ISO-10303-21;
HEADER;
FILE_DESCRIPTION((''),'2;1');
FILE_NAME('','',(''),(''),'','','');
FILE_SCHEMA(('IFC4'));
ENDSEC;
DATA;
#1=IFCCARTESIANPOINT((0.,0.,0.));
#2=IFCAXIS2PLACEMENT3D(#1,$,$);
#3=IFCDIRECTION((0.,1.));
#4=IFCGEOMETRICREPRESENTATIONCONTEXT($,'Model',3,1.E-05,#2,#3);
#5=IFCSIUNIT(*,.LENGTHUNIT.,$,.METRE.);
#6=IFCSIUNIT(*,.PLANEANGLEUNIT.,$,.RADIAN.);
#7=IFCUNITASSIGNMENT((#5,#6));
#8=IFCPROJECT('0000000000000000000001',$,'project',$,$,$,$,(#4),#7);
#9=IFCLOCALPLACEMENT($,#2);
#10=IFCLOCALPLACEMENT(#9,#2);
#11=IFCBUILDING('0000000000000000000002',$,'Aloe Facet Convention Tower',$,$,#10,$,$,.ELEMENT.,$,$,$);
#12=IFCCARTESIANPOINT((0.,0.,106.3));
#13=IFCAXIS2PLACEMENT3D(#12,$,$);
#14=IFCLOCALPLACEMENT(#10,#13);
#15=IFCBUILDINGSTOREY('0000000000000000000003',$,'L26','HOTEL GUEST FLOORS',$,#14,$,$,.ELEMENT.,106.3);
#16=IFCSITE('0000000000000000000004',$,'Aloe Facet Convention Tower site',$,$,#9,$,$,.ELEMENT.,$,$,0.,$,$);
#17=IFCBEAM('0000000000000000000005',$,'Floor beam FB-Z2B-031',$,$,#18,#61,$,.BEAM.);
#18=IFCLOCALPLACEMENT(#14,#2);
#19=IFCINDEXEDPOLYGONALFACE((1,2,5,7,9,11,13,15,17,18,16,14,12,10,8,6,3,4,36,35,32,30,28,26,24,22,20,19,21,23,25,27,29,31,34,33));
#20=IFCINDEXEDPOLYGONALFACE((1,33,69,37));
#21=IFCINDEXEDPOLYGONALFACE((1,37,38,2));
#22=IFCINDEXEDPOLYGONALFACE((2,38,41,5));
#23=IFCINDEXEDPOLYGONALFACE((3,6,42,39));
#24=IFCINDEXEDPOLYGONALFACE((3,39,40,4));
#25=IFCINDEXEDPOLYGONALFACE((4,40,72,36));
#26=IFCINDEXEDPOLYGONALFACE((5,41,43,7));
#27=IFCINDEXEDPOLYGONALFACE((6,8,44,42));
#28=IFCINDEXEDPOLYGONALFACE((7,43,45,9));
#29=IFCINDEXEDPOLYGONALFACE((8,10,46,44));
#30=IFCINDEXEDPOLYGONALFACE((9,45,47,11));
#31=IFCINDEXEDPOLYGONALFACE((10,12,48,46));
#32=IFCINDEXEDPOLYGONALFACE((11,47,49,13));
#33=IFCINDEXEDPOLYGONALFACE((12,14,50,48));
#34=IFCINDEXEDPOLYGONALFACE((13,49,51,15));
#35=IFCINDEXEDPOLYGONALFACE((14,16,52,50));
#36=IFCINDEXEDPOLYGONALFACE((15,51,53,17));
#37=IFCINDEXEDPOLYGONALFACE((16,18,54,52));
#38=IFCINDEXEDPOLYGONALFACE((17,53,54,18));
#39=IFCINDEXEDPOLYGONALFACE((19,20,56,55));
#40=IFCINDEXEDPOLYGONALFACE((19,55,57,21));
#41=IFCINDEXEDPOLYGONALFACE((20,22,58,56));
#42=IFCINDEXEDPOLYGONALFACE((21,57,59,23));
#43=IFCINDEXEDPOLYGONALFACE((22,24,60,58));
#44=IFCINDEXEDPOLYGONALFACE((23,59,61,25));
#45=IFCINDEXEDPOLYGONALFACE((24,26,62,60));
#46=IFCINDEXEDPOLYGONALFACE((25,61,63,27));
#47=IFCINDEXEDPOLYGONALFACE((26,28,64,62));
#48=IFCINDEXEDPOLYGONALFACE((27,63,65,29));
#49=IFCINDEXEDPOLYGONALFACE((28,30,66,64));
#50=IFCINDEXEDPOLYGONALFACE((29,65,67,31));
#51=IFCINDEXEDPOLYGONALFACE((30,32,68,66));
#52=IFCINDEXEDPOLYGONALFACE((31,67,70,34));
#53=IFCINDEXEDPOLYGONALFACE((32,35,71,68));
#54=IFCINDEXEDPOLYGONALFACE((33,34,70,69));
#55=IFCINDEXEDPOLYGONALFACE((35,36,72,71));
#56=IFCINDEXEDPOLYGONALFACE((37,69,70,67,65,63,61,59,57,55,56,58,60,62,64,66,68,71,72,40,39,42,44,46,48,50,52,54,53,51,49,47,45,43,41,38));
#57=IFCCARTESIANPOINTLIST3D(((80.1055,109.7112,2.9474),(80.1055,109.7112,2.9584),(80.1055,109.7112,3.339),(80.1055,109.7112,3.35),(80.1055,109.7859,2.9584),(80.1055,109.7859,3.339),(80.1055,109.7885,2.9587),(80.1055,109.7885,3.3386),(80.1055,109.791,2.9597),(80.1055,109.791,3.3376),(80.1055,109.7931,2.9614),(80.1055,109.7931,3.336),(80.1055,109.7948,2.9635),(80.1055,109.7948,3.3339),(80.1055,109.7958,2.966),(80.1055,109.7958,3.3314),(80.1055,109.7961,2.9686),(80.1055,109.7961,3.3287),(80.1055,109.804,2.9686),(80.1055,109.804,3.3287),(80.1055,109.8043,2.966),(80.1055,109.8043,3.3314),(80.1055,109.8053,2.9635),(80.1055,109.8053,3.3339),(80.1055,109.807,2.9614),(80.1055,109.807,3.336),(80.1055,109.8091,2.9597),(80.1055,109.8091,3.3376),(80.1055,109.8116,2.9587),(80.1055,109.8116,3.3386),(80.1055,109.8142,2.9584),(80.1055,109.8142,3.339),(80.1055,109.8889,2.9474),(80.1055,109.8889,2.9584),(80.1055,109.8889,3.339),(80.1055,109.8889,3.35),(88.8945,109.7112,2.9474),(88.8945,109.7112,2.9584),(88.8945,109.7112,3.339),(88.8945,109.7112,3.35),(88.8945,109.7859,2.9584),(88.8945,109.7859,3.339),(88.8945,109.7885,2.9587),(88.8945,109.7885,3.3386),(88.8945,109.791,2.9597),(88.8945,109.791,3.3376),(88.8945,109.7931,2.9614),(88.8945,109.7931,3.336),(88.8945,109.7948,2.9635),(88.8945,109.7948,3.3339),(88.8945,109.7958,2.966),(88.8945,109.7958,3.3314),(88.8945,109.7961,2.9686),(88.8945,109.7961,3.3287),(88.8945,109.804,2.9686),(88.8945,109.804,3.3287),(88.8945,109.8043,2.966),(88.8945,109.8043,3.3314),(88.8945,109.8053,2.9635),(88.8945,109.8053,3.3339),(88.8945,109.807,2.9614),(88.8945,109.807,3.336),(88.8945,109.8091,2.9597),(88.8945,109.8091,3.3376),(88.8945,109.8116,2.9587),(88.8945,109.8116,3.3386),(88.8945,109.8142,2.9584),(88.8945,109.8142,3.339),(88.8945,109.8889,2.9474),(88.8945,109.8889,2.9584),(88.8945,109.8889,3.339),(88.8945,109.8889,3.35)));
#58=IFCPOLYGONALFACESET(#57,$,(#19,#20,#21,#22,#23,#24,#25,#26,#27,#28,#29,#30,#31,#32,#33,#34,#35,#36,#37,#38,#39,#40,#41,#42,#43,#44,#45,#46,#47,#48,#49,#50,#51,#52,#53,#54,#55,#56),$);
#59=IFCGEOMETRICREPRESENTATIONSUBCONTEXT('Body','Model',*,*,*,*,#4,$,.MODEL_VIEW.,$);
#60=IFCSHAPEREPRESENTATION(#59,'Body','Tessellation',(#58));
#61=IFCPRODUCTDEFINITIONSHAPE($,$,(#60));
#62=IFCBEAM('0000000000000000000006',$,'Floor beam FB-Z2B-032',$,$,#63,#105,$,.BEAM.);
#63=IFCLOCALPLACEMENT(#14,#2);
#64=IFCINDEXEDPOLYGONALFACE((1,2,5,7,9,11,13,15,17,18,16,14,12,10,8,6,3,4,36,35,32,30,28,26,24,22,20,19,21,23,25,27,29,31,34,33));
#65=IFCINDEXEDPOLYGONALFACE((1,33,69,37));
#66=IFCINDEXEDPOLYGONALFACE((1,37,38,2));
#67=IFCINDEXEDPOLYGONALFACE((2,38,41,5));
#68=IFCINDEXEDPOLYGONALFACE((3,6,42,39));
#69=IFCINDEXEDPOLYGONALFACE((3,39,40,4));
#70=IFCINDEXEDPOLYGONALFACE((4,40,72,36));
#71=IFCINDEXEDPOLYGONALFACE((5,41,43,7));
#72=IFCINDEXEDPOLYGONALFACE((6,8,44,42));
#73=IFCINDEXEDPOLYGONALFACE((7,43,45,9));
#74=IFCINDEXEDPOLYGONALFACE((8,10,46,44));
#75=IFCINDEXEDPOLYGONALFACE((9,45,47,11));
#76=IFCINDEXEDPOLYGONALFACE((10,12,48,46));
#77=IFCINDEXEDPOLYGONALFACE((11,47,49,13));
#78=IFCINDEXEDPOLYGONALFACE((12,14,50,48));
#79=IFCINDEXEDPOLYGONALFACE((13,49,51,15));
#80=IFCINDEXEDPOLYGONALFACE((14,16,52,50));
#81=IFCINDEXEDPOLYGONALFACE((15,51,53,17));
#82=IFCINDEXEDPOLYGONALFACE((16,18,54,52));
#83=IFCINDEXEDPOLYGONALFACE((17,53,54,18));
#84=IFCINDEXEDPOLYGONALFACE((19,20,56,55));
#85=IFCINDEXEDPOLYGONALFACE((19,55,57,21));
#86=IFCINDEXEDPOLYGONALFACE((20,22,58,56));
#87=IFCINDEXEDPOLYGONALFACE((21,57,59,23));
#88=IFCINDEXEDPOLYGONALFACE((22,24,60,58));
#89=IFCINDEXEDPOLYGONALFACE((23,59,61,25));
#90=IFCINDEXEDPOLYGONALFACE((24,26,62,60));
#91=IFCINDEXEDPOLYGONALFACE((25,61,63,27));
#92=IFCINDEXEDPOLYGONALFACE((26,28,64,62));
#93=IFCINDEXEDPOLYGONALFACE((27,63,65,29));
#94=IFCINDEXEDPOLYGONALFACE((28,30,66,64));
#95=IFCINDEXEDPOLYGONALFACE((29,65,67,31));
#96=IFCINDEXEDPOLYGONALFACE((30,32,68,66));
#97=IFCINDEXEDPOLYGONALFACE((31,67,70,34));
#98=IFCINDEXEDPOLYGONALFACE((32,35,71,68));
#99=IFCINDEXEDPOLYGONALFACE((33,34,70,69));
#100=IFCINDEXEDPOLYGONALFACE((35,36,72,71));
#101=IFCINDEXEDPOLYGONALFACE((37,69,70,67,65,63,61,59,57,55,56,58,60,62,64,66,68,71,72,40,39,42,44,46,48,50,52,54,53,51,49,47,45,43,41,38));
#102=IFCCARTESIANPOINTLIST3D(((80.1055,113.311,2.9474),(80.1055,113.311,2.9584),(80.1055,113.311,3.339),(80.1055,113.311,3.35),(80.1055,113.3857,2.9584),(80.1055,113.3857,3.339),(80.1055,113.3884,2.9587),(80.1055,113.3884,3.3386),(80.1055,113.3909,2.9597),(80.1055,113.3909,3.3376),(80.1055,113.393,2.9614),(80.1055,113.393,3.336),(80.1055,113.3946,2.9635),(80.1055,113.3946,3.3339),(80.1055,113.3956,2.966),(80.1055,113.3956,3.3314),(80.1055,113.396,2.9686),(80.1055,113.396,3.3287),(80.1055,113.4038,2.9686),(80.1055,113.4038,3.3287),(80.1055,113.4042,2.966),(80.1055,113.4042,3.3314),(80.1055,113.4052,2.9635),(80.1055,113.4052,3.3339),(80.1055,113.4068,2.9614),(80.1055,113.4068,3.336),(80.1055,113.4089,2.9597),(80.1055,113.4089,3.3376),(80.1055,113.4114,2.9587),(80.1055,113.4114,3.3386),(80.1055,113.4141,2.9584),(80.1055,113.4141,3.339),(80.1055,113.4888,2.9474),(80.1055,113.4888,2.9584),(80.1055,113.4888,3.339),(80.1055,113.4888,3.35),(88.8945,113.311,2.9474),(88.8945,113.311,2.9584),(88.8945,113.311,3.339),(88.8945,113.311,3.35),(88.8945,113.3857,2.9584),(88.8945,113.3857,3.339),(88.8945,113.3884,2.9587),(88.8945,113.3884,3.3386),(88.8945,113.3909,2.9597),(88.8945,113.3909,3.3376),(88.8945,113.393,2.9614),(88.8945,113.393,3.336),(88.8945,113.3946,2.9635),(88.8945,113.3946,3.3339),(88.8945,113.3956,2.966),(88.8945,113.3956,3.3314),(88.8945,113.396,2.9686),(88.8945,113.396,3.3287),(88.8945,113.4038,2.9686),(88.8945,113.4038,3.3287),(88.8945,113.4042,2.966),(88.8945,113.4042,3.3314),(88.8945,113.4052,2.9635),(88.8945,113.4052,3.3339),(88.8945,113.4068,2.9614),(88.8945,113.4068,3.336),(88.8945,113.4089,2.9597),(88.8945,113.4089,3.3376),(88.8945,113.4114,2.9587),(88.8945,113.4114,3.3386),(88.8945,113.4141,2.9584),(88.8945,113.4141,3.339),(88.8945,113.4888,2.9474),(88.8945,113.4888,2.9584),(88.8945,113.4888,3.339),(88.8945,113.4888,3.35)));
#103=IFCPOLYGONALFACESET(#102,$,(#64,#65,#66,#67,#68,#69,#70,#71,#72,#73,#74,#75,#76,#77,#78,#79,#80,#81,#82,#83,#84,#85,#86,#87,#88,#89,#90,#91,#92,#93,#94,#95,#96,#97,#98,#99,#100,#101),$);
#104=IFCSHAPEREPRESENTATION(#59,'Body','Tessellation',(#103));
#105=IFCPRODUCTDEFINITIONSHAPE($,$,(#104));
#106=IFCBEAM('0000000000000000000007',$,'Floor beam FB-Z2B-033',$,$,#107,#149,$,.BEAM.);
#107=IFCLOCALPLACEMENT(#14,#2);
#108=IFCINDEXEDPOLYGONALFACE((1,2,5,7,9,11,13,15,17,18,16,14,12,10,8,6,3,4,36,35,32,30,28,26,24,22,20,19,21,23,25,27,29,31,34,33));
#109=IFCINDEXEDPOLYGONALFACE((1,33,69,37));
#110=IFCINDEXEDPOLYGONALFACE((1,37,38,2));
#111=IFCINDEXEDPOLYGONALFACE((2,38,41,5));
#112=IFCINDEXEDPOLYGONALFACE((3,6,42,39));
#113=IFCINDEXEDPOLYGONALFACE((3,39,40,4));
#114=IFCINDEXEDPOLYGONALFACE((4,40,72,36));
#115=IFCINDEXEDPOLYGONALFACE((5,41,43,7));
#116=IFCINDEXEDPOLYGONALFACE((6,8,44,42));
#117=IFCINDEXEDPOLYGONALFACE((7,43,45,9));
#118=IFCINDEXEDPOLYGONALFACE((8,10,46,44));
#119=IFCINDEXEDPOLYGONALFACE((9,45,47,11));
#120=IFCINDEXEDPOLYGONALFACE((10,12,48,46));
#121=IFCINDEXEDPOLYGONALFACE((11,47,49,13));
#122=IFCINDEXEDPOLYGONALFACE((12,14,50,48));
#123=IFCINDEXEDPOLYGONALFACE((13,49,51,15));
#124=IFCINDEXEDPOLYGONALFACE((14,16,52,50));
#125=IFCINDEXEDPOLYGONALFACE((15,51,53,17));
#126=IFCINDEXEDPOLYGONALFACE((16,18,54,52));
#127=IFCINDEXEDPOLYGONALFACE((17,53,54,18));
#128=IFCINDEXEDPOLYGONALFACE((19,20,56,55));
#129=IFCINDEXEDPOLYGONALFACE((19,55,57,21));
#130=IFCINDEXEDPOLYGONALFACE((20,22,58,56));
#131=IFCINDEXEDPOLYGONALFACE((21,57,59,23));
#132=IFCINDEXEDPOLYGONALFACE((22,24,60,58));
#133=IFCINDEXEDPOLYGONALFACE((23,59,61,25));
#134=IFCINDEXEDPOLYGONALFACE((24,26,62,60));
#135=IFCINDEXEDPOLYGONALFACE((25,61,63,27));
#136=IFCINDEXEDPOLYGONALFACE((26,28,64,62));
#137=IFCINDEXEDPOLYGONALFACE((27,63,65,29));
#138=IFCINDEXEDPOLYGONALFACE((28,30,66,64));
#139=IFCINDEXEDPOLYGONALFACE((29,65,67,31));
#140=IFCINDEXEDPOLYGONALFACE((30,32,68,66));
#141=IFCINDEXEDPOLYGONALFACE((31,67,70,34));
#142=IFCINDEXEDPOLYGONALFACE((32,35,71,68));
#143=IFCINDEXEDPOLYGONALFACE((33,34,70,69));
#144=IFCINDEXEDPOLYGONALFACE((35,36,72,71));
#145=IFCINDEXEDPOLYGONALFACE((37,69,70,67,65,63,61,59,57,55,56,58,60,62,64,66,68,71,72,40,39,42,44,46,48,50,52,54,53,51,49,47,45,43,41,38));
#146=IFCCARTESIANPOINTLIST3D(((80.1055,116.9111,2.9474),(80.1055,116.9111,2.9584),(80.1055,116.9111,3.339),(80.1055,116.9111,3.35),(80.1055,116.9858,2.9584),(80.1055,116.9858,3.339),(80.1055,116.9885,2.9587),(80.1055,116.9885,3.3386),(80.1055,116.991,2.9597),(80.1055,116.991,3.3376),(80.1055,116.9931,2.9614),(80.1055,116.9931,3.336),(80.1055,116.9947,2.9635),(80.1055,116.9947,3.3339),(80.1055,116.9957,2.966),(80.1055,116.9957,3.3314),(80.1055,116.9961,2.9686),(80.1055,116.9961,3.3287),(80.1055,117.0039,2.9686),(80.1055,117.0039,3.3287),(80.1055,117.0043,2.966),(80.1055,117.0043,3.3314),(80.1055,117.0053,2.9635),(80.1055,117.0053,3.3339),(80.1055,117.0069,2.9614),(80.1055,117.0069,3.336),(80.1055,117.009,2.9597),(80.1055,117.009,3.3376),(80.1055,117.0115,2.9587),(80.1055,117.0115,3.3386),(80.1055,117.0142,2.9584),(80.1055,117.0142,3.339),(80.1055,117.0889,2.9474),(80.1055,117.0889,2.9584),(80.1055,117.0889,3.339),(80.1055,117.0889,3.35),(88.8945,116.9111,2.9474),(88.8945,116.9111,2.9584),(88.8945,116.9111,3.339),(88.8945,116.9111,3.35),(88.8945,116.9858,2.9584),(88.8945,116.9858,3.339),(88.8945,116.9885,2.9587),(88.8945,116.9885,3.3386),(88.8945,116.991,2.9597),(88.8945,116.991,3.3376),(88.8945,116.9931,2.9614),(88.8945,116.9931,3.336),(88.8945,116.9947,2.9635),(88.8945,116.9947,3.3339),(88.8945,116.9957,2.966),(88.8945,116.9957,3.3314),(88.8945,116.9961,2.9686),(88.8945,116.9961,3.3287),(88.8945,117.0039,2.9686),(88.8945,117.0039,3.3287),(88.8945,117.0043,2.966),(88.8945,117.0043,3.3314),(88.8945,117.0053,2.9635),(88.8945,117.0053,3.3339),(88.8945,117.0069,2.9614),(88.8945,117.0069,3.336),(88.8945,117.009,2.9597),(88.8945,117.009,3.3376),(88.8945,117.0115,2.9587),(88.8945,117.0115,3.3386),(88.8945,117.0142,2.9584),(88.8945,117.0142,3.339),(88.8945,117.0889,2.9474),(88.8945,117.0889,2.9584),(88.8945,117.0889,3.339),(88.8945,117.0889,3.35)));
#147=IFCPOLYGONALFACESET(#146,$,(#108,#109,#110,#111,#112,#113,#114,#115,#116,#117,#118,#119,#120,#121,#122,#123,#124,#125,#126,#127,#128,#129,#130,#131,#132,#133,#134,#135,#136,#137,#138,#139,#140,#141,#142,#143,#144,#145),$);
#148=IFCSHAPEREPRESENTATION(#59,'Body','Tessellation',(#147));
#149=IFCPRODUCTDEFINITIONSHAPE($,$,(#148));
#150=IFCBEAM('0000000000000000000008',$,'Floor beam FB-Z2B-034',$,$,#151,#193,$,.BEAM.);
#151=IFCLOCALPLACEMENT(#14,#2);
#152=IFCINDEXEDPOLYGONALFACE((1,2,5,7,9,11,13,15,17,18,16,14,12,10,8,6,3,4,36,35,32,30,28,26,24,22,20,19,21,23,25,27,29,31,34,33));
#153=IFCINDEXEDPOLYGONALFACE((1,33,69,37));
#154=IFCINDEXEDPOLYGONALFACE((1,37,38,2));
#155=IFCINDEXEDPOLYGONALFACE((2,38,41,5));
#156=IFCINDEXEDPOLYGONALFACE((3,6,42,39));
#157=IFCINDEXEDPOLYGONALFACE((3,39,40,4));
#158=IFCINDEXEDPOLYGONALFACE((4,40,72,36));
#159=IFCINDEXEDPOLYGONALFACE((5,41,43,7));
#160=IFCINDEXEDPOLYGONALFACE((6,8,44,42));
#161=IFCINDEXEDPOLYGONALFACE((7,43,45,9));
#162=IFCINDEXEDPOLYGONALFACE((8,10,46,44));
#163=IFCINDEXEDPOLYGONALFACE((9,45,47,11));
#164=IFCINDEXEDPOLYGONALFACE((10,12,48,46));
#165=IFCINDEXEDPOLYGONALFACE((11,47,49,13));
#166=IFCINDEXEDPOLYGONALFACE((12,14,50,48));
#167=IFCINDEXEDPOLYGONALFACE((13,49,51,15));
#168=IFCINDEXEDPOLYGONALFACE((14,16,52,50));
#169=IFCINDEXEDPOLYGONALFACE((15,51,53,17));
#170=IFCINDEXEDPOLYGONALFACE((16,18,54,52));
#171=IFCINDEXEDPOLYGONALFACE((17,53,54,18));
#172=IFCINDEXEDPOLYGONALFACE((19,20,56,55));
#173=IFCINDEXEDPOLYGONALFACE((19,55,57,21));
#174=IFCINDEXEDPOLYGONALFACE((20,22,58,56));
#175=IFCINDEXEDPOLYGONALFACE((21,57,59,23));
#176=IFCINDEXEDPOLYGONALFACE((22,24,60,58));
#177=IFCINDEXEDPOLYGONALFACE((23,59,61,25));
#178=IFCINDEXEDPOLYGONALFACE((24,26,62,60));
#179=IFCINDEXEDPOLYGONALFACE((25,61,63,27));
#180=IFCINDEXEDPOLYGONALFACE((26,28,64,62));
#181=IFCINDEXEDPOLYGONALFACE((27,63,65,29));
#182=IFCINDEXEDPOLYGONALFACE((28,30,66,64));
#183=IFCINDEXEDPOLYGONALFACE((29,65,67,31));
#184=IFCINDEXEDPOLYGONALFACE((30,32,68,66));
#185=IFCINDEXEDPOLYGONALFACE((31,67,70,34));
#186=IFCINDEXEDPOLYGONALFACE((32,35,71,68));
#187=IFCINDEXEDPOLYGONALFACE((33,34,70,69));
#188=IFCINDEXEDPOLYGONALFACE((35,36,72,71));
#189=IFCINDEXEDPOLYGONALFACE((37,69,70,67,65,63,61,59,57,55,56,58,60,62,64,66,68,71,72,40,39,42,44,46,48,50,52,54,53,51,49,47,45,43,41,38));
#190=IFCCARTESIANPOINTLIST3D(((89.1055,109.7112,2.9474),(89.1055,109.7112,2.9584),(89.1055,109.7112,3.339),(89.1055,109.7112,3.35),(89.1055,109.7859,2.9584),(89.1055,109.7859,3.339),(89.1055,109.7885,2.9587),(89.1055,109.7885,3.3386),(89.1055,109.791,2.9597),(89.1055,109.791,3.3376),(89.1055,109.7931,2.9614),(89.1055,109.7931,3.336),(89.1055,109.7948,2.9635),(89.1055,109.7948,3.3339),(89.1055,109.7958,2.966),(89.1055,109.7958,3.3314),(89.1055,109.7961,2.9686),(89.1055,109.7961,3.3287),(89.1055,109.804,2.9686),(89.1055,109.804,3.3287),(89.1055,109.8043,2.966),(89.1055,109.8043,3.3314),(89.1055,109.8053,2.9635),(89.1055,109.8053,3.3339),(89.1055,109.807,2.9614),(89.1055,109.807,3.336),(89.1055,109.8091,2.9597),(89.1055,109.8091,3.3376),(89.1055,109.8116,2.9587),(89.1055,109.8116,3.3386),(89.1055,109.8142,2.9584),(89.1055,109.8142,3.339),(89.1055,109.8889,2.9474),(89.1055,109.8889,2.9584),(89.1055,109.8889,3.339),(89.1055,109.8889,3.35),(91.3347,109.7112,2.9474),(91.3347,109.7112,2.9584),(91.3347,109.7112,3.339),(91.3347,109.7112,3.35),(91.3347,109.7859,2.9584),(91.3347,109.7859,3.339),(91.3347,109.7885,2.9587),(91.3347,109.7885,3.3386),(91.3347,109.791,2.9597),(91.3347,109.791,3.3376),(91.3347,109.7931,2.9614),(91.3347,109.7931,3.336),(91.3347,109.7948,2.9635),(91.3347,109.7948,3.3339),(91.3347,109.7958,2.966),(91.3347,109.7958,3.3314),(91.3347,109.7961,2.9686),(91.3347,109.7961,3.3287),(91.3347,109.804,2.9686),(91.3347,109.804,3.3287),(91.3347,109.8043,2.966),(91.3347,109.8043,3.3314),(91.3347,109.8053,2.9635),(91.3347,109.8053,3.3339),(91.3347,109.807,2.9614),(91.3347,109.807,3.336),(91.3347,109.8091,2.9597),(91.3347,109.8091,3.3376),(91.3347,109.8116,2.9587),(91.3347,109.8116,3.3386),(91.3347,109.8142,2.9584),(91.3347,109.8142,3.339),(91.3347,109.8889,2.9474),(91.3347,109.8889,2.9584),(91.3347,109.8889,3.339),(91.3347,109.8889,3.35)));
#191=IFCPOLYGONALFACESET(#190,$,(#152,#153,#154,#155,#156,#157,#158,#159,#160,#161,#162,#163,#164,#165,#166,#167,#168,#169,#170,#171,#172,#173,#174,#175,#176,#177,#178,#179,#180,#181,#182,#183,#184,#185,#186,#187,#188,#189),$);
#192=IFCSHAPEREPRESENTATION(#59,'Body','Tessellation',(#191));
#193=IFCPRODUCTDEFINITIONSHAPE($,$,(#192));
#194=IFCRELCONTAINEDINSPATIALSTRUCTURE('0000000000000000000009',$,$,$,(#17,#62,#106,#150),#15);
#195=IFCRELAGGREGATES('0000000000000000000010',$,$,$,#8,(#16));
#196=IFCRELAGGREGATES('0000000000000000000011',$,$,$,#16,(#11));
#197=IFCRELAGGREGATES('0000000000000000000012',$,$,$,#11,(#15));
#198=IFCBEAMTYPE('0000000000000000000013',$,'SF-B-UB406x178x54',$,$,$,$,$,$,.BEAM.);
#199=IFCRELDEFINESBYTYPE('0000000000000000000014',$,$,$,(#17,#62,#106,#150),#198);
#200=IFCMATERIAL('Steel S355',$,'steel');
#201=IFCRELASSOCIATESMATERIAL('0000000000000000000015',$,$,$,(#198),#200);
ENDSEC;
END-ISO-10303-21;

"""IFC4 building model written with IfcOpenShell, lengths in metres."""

from ifc_helpers import new_model, si_unit, direction, frame, origin, origin_2d, place, context, subcontext, project, spatial, i_section, extrude, material, material_profile, profile_set, type_object, element, save


model = new_model("IFC4")

# Units and contexts
model_context = context("Model", 3, precision=1e-05, world=origin(), true_north=direction((0.0, 1.0)))
body_context = subcontext(model_context, "Body", "Model", "MODEL_VIEW")
ifc_project = project(units=[si_unit("LENGTHUNIT", "METRE"), si_unit("PLANEANGLEUNIT", "RADIAN")], contexts=[model_context])

# Site, building, storey
site_placement = place(None, origin())
site = spatial("IfcSite", under=ifc_project, at=site_placement, Name="Aloe Facet Convention Tower site", CompositionType="ELEMENT", RefElevation=0.0)
building_placement = place(site_placement, origin())
building = spatial("IfcBuilding", under=site, at=building_placement, Name="Aloe Facet Convention Tower", CompositionType="ELEMENT")
storey_placement = place(building_placement, frame((0.0, 0.0, 106.3)))
storey = spatial("IfcBuildingStorey", under=building, at=storey_placement, Name="L26", Description="HOTEL GUEST FLOORS", CompositionType="ELEMENT", Elevation=106.3)

# Beams
ifc_material_1 = material(Name="Steel S355", Category="steel")
ifc_material_profile_1 = material_profile(ifc_material_1, i_section(OverallWidth=0.1777, OverallDepth=0.4026, WebThickness=0.0078, FlangeThickness=0.011, FilletRadius=0.0103, at=origin_2d()), Name="UB 406x178x54")
ifc_profile_set_1 = profile_set([ifc_material_profile_1], Name="Steel S355")
beam_type_1 = type_object("IfcBeamType", Name="SF-B-UB406x178x54", PredefinedType="BEAM", material=ifc_profile_set_1)
for number, where, z_axis, x_axis, name in (
    (1, (80.1055, 109.8, 3.1487), (1.0, 0.0, 0.0), (0.0, 1.0, 0.0), "Floor beam FB-Z2B-031"),
    (2, (80.1055, 113.3999, 3.1487), (1.0, 0.0, 0.0), (0.0, 1.0, 0.0), "Floor beam FB-Z2B-032"),
    (3, (80.1055, 117.0, 3.1487), (1.0, 0.0, 0.0), (0.0, 1.0, 0.0), "Floor beam FB-Z2B-033"),
):
    element("IfcBeam", number, at=place(storey_placement, frame(where, z_axis=z_axis, x_axis=x_axis)), inside=storey, type_object=beam_type_1, Name=name, PredefinedType="BEAM", context=body_context, shape_type="SweptSolid", body=[
        extrude(i_section(OverallWidth=0.1777, OverallDepth=0.4026, WebThickness=0.0078, FlangeThickness=0.011, FilletRadius=0.0103, at=origin_2d()), origin(), (0.0, 0.0, 1.0), 8.7891),
    ])
beam_1_placement = place(storey_placement, frame((89.1055, 109.8, 3.1487), z_axis=(1.0, 0.0, 0.0), x_axis=(0.0, 1.0, 0.0)))
element("IfcBeam", 4, at=beam_1_placement, inside=storey, type_object=beam_type_1, Name="Floor beam FB-Z2B-034", PredefinedType="BEAM", context=body_context, shape_type="SweptSolid", body=[
    extrude(i_section(OverallWidth=0.1777, OverallDepth=0.4026, WebThickness=0.0078, FlangeThickness=0.011, FilletRadius=0.0103, at=origin_2d()), origin(), (0.0, 0.0, 1.0), 2.2292),
])

save(model, "model.ifc")
